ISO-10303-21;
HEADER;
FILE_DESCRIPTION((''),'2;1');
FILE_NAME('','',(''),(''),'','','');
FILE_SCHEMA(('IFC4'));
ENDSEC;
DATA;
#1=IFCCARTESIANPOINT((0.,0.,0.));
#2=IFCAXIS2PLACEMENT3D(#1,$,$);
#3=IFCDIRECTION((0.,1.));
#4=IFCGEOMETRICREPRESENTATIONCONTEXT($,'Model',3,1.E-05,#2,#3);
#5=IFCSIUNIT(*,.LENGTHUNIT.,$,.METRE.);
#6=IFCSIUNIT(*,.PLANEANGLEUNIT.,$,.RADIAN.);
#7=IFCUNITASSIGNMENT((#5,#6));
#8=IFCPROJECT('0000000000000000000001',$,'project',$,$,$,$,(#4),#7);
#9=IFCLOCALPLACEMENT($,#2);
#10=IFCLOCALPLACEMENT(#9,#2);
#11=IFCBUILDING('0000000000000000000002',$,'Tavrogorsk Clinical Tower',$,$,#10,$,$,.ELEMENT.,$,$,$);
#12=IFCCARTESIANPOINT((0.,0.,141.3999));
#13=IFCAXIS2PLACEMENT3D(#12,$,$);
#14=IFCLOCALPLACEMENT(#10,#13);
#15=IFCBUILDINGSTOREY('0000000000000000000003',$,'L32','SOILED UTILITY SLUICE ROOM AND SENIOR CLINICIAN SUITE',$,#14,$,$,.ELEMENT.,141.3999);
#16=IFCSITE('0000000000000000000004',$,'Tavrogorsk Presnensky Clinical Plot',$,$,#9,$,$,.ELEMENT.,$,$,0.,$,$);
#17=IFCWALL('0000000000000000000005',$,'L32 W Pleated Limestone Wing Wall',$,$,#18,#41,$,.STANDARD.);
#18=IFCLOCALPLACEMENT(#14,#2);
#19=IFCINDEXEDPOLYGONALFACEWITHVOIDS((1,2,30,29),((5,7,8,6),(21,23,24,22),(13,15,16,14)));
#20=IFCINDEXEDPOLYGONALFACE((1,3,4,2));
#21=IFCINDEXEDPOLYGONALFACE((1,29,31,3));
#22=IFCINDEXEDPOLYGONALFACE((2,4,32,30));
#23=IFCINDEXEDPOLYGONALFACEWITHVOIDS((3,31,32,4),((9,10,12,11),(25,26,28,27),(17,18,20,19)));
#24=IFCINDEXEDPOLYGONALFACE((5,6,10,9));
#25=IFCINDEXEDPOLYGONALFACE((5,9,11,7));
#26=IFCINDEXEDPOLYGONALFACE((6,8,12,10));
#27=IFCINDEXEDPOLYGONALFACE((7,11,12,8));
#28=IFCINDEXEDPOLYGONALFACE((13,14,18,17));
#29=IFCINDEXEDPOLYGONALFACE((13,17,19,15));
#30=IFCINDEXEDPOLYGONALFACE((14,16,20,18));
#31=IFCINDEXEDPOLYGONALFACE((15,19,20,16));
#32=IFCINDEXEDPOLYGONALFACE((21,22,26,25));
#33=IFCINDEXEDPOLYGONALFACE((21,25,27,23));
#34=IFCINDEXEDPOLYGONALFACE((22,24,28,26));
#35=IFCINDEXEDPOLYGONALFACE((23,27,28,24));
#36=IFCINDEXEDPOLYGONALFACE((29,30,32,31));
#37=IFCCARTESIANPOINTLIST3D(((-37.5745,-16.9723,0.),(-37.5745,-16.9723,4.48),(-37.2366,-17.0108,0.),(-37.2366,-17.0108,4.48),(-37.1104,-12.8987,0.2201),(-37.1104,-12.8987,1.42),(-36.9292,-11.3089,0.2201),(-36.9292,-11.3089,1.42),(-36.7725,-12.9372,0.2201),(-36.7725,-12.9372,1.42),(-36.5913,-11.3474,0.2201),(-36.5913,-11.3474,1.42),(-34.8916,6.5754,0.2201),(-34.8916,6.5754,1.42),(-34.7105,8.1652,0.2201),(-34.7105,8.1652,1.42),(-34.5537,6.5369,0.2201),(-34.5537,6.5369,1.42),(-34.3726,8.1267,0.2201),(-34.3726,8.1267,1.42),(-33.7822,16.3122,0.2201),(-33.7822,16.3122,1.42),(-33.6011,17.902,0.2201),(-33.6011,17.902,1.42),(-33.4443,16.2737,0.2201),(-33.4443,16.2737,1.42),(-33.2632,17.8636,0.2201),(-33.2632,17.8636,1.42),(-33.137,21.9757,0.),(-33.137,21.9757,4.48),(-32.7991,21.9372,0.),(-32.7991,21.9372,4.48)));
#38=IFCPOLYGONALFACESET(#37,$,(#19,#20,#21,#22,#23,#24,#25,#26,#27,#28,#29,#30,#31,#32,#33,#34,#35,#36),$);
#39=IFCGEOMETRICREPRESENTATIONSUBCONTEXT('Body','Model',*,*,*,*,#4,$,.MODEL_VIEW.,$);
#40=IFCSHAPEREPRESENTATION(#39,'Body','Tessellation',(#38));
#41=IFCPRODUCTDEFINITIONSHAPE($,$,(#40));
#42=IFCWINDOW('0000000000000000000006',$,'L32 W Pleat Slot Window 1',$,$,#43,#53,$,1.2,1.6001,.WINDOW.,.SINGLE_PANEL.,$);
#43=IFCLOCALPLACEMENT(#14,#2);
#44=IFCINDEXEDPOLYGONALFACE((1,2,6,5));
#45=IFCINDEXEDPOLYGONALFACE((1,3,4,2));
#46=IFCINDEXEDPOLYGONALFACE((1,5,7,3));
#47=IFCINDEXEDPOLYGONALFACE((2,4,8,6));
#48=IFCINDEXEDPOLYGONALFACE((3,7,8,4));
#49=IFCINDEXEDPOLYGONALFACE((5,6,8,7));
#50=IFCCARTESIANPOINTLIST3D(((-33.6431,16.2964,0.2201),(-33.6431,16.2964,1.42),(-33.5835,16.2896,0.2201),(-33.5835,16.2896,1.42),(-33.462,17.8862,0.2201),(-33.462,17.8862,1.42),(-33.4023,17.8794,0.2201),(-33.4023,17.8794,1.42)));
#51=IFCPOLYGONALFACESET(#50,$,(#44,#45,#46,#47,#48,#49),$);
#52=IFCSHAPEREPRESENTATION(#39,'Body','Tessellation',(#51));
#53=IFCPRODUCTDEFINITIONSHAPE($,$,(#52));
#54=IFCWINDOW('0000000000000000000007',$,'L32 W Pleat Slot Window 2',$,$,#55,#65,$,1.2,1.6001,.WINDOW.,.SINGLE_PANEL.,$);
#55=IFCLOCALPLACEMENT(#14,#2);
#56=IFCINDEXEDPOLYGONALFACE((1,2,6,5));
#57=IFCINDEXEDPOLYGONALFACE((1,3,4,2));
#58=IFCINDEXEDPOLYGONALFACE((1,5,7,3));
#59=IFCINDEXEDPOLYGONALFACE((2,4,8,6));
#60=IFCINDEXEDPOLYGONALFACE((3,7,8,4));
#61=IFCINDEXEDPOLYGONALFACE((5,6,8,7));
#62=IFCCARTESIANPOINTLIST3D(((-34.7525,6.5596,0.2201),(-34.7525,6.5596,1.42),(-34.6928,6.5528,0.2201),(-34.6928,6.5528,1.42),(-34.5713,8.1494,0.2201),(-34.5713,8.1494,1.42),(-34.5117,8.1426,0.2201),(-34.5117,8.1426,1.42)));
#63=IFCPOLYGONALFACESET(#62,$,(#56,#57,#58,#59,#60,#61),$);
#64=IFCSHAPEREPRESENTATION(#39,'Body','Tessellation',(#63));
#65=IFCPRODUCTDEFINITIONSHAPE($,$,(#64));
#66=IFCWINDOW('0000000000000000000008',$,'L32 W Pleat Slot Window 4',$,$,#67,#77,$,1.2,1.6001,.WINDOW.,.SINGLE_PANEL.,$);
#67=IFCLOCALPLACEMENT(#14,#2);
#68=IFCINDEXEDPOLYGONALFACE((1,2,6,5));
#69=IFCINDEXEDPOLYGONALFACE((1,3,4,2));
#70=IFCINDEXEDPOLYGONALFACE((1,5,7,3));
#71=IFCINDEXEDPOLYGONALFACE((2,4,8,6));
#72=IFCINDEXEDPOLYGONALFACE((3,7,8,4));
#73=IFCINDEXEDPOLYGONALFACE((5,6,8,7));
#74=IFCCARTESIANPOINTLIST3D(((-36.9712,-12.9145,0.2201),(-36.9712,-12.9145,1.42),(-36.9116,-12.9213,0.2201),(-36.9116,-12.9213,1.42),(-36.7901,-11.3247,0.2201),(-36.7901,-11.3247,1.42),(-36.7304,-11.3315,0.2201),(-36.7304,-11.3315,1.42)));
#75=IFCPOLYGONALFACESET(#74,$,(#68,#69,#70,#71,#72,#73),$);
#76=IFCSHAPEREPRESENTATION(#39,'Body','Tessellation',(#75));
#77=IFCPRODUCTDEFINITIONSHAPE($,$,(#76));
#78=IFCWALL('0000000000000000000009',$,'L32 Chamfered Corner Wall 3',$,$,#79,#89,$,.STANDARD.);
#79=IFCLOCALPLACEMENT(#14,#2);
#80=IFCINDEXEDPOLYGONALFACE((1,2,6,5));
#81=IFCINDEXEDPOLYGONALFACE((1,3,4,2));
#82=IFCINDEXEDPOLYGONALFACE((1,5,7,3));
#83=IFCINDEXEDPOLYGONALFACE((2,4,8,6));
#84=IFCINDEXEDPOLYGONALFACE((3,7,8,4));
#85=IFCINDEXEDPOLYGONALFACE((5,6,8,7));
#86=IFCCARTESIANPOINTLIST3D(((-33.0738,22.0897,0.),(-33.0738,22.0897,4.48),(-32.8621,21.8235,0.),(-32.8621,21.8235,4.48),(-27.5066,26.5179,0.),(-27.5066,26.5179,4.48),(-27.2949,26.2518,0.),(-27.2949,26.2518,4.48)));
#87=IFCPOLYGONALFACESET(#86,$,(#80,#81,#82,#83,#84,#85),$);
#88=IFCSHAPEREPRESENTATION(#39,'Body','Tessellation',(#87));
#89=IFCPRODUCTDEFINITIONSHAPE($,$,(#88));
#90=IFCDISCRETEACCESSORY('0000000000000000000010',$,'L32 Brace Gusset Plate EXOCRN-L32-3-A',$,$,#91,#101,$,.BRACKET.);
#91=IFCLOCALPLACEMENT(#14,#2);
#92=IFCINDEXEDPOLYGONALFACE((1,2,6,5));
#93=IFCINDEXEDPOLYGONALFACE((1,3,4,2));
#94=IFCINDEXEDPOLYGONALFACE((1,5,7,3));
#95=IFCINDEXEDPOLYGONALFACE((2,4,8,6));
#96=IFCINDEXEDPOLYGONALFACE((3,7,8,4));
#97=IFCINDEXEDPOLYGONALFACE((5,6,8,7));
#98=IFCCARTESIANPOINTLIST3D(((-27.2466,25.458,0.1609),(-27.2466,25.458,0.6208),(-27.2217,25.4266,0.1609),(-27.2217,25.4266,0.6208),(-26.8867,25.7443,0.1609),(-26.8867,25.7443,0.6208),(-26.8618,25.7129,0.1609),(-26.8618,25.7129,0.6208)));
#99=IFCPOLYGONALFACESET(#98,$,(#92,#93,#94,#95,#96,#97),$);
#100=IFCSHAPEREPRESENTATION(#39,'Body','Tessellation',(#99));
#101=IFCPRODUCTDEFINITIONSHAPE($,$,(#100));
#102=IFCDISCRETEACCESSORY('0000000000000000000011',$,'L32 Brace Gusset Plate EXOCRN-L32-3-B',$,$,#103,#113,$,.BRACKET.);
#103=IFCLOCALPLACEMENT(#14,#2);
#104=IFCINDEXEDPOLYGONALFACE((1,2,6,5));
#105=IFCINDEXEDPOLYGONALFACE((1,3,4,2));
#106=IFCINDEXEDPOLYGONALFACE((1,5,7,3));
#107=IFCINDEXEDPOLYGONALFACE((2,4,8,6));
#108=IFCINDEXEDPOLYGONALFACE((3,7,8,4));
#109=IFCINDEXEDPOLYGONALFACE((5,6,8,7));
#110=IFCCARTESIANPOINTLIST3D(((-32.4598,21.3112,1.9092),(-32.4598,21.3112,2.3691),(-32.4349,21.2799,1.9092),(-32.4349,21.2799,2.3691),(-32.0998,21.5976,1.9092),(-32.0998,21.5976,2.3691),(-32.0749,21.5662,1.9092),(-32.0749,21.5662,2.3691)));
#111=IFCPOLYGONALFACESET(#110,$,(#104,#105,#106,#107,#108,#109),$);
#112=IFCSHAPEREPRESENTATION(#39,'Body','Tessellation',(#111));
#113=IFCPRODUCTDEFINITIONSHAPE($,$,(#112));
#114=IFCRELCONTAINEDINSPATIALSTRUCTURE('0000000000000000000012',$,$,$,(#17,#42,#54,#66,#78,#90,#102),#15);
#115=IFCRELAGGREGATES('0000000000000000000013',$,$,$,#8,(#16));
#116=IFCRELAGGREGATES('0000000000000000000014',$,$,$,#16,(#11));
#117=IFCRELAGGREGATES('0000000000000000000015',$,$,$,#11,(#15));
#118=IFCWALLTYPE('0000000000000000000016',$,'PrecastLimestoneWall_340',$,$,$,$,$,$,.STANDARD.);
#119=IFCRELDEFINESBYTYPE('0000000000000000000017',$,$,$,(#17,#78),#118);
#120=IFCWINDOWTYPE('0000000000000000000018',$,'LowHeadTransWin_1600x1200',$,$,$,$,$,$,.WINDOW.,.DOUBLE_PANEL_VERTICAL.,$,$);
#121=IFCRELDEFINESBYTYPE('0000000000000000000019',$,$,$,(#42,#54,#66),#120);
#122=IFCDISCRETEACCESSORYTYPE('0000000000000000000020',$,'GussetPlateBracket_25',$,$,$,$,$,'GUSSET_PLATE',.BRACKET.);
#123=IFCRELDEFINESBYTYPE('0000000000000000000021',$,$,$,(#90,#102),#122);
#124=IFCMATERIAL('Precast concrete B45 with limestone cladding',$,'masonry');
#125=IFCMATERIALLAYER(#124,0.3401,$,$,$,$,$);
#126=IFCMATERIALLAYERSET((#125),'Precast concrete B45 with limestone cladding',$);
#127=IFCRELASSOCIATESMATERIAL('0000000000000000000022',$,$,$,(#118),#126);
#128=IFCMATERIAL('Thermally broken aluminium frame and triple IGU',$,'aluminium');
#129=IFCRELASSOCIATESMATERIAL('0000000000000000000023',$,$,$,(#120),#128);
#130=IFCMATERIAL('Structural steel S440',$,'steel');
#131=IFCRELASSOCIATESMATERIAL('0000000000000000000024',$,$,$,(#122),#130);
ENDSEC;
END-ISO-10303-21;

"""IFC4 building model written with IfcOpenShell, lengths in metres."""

from ifc_helpers import new_model, si_unit, direction, frame, frame_2d, origin, origin_2d, place, context, subcontext, project, spatial, rectangle, extrude, material, layer, layer_set, type_object, element, fill, save


model = new_model("IFC4")

# Units and contexts
model_context = context("Model", 3, precision=1e-05, world=origin(), true_north=direction((0.0, 1.0)))
body_context = subcontext(model_context, "Body", "Model", "MODEL_VIEW")
ifc_project = project(units=[si_unit("LENGTHUNIT", "METRE"), si_unit("PLANEANGLEUNIT", "RADIAN")], contexts=[model_context])

# Site, building, storey
site_placement = place(None, origin())
site = spatial("IfcSite", under=ifc_project, at=site_placement, Name="Tavrogorsk Presnensky Clinical Plot", CompositionType="ELEMENT", RefElevation=0.0)
building_placement = place(site_placement, origin())
building = spatial("IfcBuilding", under=site, at=building_placement, Name="Tavrogorsk Clinical Tower", CompositionType="ELEMENT")
storey_placement = place(building_placement, frame((0.0, 0.0, 141.3999)))
storey = spatial("IfcBuildingStorey", under=building, at=storey_placement, Name="L32", Description="SOILED UTILITY SLUICE ROOM AND SENIOR CLINICIAN SUITE", CompositionType="ELEMENT", Elevation=141.3999)

# Wall, openings, windows
ifc_material_1 = material(Name="Precast concrete B45 with limestone cladding", Category="masonry")
ifc_layer_1 = layer(ifc_material_1, 0.3401)
ifc_layer_set_1 = layer_set([ifc_layer_1], Name="Precast concrete B45 with limestone cladding")
wall_type_1 = type_object("IfcWallType", Name="PrecastLimestoneWall_340", PredefinedType="STANDARD", material=ifc_layer_set_1)
wall_1_placement = place(storey_placement, frame((-32.968, 21.9565, 0.0), z_axis=(0.0, 0.0, 1.0), x_axis=(-0.113202, -0.993572, 0.0)))
wall_1 = element("IfcWall", 1, at=wall_1_placement, inside=storey, type_object=wall_type_1, Name="L32 W Pleated Limestone Wing Wall", PredefinedType="STANDARD", context=body_context, shape_type="SweptSolid", body=[
    extrude(rectangle(XDim=39.2, YDim=0.3401, at=frame_2d((19.6001, 0.0))), origin(), (0.0, 0.0, 1.0), 4.48),
])
opening_1_placement = place(wall_1_placement, frame((4.1001, 0.0, 0.22)))
opening_1 = element("IfcOpeningElement", 2, at=opening_1_placement, cuts=wall_1, PredefinedType="OPENING", context=body_context, shape_type="SweptSolid", body=[
    extrude(rectangle(XDim=1.6001, YDim=1.2, at=frame_2d((0.8, 0.6001))), frame((0.0, 0.1799, 0.0), z_axis=(0.0, -1.0, 0.0), x_axis=(1.0, 0.0, 0.0)), (0.0, 0.0, 1.0), 0.3601),
])
opening_2_placement = place(wall_1_placement, frame((13.8999, 0.0, 0.22)))
opening_2 = element("IfcOpeningElement", 3, at=opening_2_placement, cuts=wall_1, PredefinedType="OPENING", context=body_context, shape_type="SweptSolid", body=[
    extrude(rectangle(XDim=1.6001, YDim=1.2, at=frame_2d((0.8, 0.6001))), frame((0.0, 0.1799, 0.0), z_axis=(0.0, -1.0, 0.0), x_axis=(1.0, 0.0, 0.0)), (0.0, 0.0, 1.0), 0.3601),
])
opening_3_placement = place(wall_1_placement, frame((33.5, 0.0, 0.22)))
opening_3 = element("IfcOpeningElement", 4, at=opening_3_placement, cuts=wall_1, PredefinedType="OPENING", context=body_context, shape_type="SweptSolid", body=[
    extrude(rectangle(XDim=1.6001, YDim=1.2, at=frame_2d((0.8, 0.6001))), frame((0.0, 0.1799, 0.0), z_axis=(0.0, -1.0, 0.0), x_axis=(1.0, 0.0, 0.0)), (0.0, 0.0, 1.0), 0.3601),
])
ifc_material_2 = material(Name="Thermally broken aluminium frame and triple IGU", Category="aluminium")
window_type = type_object("IfcWindowType", Name="LowHeadTransWin_1600x1200", PartitioningType="DOUBLE_PANEL_VERTICAL", PredefinedType="WINDOW", material=ifc_material_2)
window_1_placement = place(opening_1_placement, origin())
window_1 = element("IfcWindow", 5, at=window_1_placement, inside=storey, type_object=window_type, Name="L32 W Pleat Slot Window 1", OverallHeight=1.2, OverallWidth=1.6001, PartitioningType="SINGLE_PANEL", PredefinedType="WINDOW", context=body_context, shape_type="SweptSolid", body=[
    extrude(rectangle(XDim=1.6001, YDim=1.2, at=frame_2d((0.8, 0.6001))), frame((0.0, 0.03, 0.0), z_axis=(0.0, -1.0, 0.0), x_axis=(1.0, 0.0, 0.0)), (0.0, 0.0, 1.0), 0.0601),
])
fill(opening_1, window_1)
window_2_placement = place(opening_2_placement, origin())
window_2 = element("IfcWindow", 6, at=window_2_placement, inside=storey, type_object=window_type, Name="L32 W Pleat Slot Window 2", OverallHeight=1.2, OverallWidth=1.6001, PartitioningType="SINGLE_PANEL", PredefinedType="WINDOW", context=body_context, shape_type="SweptSolid", body=[
    extrude(rectangle(XDim=1.6001, YDim=1.2, at=frame_2d((0.8, 0.6001))), frame((0.0, 0.03, 0.0), z_axis=(0.0, -1.0, 0.0), x_axis=(1.0, 0.0, 0.0)), (0.0, 0.0, 1.0), 0.0601),
])
fill(opening_2, window_2)
window_3_placement = place(opening_3_placement, origin())
window_3 = element("IfcWindow", 7, at=window_3_placement, inside=storey, type_object=window_type, Name="L32 W Pleat Slot Window 4", OverallHeight=1.2, OverallWidth=1.6001, PartitioningType="SINGLE_PANEL", PredefinedType="WINDOW", context=body_context, shape_type="SweptSolid", body=[
    extrude(rectangle(XDim=1.6001, YDim=1.2, at=frame_2d((0.8, 0.6001))), frame((0.0, 0.03, 0.0), z_axis=(0.0, -1.0, 0.0), x_axis=(1.0, 0.0, 0.0)), (0.0, 0.0, 1.0), 0.0601),
])
fill(opening_3, window_3)

# Wall
wall_2_placement = place(storey_placement, frame((-27.4009, 26.3848, 0.0), z_axis=(0.0, 0.0, 1.0), x_axis=(-0.782614, -0.622508, 0.0)))
element("IfcWall", 8, at=wall_2_placement, inside=storey, type_object=wall_type_1, Name="L32 Chamfered Corner Wall 3", PredefinedType="STANDARD", context=body_context, shape_type="SweptSolid", body=[
    extrude(rectangle(XDim=7.1135, YDim=0.3401, at=frame_2d((3.5566, 0.0))), origin(), (0.0, 0.0, 1.0), 4.48),
])

# Discrete accessories
ifc_material_3 = material(Name="Structural steel S440", Category="steel")
discrete_accessory_type = type_object("IfcDiscreteAccessoryType", Name="GussetPlateBracket_25", ElementType="GUSSET_PLATE", PredefinedType="BRACKET", material=ifc_material_3)
for number, where, z_axis, x_axis, name in (
    (9, (-27.0542, 25.5854, 0.1609), (0.0, 0.0, 1.0), (-0.782608, -0.622515, 0.0), "L32 Brace Gusset Plate EXOCRN-L32-3-A"),
    (10, (-32.2673, 21.4387, 1.9092), (0.0, 0.0, 1.0), (-0.782608, -0.622515, 0.0), "L32 Brace Gusset Plate EXOCRN-L32-3-B"),
):
    element("IfcDiscreteAccessory", number, at=place(storey_placement, frame(where, z_axis=z_axis, x_axis=x_axis)), inside=storey, type_object=discrete_accessory_type, Name=name, PredefinedType="BRACKET", context=body_context, shape_type="SweptSolid", body=[
        extrude(rectangle(XDim=0.46, YDim=0.04, at=origin_2d()), origin(), (0.0, 0.0, 1.0), 0.46),
    ])

save(model, "model.ifc")
